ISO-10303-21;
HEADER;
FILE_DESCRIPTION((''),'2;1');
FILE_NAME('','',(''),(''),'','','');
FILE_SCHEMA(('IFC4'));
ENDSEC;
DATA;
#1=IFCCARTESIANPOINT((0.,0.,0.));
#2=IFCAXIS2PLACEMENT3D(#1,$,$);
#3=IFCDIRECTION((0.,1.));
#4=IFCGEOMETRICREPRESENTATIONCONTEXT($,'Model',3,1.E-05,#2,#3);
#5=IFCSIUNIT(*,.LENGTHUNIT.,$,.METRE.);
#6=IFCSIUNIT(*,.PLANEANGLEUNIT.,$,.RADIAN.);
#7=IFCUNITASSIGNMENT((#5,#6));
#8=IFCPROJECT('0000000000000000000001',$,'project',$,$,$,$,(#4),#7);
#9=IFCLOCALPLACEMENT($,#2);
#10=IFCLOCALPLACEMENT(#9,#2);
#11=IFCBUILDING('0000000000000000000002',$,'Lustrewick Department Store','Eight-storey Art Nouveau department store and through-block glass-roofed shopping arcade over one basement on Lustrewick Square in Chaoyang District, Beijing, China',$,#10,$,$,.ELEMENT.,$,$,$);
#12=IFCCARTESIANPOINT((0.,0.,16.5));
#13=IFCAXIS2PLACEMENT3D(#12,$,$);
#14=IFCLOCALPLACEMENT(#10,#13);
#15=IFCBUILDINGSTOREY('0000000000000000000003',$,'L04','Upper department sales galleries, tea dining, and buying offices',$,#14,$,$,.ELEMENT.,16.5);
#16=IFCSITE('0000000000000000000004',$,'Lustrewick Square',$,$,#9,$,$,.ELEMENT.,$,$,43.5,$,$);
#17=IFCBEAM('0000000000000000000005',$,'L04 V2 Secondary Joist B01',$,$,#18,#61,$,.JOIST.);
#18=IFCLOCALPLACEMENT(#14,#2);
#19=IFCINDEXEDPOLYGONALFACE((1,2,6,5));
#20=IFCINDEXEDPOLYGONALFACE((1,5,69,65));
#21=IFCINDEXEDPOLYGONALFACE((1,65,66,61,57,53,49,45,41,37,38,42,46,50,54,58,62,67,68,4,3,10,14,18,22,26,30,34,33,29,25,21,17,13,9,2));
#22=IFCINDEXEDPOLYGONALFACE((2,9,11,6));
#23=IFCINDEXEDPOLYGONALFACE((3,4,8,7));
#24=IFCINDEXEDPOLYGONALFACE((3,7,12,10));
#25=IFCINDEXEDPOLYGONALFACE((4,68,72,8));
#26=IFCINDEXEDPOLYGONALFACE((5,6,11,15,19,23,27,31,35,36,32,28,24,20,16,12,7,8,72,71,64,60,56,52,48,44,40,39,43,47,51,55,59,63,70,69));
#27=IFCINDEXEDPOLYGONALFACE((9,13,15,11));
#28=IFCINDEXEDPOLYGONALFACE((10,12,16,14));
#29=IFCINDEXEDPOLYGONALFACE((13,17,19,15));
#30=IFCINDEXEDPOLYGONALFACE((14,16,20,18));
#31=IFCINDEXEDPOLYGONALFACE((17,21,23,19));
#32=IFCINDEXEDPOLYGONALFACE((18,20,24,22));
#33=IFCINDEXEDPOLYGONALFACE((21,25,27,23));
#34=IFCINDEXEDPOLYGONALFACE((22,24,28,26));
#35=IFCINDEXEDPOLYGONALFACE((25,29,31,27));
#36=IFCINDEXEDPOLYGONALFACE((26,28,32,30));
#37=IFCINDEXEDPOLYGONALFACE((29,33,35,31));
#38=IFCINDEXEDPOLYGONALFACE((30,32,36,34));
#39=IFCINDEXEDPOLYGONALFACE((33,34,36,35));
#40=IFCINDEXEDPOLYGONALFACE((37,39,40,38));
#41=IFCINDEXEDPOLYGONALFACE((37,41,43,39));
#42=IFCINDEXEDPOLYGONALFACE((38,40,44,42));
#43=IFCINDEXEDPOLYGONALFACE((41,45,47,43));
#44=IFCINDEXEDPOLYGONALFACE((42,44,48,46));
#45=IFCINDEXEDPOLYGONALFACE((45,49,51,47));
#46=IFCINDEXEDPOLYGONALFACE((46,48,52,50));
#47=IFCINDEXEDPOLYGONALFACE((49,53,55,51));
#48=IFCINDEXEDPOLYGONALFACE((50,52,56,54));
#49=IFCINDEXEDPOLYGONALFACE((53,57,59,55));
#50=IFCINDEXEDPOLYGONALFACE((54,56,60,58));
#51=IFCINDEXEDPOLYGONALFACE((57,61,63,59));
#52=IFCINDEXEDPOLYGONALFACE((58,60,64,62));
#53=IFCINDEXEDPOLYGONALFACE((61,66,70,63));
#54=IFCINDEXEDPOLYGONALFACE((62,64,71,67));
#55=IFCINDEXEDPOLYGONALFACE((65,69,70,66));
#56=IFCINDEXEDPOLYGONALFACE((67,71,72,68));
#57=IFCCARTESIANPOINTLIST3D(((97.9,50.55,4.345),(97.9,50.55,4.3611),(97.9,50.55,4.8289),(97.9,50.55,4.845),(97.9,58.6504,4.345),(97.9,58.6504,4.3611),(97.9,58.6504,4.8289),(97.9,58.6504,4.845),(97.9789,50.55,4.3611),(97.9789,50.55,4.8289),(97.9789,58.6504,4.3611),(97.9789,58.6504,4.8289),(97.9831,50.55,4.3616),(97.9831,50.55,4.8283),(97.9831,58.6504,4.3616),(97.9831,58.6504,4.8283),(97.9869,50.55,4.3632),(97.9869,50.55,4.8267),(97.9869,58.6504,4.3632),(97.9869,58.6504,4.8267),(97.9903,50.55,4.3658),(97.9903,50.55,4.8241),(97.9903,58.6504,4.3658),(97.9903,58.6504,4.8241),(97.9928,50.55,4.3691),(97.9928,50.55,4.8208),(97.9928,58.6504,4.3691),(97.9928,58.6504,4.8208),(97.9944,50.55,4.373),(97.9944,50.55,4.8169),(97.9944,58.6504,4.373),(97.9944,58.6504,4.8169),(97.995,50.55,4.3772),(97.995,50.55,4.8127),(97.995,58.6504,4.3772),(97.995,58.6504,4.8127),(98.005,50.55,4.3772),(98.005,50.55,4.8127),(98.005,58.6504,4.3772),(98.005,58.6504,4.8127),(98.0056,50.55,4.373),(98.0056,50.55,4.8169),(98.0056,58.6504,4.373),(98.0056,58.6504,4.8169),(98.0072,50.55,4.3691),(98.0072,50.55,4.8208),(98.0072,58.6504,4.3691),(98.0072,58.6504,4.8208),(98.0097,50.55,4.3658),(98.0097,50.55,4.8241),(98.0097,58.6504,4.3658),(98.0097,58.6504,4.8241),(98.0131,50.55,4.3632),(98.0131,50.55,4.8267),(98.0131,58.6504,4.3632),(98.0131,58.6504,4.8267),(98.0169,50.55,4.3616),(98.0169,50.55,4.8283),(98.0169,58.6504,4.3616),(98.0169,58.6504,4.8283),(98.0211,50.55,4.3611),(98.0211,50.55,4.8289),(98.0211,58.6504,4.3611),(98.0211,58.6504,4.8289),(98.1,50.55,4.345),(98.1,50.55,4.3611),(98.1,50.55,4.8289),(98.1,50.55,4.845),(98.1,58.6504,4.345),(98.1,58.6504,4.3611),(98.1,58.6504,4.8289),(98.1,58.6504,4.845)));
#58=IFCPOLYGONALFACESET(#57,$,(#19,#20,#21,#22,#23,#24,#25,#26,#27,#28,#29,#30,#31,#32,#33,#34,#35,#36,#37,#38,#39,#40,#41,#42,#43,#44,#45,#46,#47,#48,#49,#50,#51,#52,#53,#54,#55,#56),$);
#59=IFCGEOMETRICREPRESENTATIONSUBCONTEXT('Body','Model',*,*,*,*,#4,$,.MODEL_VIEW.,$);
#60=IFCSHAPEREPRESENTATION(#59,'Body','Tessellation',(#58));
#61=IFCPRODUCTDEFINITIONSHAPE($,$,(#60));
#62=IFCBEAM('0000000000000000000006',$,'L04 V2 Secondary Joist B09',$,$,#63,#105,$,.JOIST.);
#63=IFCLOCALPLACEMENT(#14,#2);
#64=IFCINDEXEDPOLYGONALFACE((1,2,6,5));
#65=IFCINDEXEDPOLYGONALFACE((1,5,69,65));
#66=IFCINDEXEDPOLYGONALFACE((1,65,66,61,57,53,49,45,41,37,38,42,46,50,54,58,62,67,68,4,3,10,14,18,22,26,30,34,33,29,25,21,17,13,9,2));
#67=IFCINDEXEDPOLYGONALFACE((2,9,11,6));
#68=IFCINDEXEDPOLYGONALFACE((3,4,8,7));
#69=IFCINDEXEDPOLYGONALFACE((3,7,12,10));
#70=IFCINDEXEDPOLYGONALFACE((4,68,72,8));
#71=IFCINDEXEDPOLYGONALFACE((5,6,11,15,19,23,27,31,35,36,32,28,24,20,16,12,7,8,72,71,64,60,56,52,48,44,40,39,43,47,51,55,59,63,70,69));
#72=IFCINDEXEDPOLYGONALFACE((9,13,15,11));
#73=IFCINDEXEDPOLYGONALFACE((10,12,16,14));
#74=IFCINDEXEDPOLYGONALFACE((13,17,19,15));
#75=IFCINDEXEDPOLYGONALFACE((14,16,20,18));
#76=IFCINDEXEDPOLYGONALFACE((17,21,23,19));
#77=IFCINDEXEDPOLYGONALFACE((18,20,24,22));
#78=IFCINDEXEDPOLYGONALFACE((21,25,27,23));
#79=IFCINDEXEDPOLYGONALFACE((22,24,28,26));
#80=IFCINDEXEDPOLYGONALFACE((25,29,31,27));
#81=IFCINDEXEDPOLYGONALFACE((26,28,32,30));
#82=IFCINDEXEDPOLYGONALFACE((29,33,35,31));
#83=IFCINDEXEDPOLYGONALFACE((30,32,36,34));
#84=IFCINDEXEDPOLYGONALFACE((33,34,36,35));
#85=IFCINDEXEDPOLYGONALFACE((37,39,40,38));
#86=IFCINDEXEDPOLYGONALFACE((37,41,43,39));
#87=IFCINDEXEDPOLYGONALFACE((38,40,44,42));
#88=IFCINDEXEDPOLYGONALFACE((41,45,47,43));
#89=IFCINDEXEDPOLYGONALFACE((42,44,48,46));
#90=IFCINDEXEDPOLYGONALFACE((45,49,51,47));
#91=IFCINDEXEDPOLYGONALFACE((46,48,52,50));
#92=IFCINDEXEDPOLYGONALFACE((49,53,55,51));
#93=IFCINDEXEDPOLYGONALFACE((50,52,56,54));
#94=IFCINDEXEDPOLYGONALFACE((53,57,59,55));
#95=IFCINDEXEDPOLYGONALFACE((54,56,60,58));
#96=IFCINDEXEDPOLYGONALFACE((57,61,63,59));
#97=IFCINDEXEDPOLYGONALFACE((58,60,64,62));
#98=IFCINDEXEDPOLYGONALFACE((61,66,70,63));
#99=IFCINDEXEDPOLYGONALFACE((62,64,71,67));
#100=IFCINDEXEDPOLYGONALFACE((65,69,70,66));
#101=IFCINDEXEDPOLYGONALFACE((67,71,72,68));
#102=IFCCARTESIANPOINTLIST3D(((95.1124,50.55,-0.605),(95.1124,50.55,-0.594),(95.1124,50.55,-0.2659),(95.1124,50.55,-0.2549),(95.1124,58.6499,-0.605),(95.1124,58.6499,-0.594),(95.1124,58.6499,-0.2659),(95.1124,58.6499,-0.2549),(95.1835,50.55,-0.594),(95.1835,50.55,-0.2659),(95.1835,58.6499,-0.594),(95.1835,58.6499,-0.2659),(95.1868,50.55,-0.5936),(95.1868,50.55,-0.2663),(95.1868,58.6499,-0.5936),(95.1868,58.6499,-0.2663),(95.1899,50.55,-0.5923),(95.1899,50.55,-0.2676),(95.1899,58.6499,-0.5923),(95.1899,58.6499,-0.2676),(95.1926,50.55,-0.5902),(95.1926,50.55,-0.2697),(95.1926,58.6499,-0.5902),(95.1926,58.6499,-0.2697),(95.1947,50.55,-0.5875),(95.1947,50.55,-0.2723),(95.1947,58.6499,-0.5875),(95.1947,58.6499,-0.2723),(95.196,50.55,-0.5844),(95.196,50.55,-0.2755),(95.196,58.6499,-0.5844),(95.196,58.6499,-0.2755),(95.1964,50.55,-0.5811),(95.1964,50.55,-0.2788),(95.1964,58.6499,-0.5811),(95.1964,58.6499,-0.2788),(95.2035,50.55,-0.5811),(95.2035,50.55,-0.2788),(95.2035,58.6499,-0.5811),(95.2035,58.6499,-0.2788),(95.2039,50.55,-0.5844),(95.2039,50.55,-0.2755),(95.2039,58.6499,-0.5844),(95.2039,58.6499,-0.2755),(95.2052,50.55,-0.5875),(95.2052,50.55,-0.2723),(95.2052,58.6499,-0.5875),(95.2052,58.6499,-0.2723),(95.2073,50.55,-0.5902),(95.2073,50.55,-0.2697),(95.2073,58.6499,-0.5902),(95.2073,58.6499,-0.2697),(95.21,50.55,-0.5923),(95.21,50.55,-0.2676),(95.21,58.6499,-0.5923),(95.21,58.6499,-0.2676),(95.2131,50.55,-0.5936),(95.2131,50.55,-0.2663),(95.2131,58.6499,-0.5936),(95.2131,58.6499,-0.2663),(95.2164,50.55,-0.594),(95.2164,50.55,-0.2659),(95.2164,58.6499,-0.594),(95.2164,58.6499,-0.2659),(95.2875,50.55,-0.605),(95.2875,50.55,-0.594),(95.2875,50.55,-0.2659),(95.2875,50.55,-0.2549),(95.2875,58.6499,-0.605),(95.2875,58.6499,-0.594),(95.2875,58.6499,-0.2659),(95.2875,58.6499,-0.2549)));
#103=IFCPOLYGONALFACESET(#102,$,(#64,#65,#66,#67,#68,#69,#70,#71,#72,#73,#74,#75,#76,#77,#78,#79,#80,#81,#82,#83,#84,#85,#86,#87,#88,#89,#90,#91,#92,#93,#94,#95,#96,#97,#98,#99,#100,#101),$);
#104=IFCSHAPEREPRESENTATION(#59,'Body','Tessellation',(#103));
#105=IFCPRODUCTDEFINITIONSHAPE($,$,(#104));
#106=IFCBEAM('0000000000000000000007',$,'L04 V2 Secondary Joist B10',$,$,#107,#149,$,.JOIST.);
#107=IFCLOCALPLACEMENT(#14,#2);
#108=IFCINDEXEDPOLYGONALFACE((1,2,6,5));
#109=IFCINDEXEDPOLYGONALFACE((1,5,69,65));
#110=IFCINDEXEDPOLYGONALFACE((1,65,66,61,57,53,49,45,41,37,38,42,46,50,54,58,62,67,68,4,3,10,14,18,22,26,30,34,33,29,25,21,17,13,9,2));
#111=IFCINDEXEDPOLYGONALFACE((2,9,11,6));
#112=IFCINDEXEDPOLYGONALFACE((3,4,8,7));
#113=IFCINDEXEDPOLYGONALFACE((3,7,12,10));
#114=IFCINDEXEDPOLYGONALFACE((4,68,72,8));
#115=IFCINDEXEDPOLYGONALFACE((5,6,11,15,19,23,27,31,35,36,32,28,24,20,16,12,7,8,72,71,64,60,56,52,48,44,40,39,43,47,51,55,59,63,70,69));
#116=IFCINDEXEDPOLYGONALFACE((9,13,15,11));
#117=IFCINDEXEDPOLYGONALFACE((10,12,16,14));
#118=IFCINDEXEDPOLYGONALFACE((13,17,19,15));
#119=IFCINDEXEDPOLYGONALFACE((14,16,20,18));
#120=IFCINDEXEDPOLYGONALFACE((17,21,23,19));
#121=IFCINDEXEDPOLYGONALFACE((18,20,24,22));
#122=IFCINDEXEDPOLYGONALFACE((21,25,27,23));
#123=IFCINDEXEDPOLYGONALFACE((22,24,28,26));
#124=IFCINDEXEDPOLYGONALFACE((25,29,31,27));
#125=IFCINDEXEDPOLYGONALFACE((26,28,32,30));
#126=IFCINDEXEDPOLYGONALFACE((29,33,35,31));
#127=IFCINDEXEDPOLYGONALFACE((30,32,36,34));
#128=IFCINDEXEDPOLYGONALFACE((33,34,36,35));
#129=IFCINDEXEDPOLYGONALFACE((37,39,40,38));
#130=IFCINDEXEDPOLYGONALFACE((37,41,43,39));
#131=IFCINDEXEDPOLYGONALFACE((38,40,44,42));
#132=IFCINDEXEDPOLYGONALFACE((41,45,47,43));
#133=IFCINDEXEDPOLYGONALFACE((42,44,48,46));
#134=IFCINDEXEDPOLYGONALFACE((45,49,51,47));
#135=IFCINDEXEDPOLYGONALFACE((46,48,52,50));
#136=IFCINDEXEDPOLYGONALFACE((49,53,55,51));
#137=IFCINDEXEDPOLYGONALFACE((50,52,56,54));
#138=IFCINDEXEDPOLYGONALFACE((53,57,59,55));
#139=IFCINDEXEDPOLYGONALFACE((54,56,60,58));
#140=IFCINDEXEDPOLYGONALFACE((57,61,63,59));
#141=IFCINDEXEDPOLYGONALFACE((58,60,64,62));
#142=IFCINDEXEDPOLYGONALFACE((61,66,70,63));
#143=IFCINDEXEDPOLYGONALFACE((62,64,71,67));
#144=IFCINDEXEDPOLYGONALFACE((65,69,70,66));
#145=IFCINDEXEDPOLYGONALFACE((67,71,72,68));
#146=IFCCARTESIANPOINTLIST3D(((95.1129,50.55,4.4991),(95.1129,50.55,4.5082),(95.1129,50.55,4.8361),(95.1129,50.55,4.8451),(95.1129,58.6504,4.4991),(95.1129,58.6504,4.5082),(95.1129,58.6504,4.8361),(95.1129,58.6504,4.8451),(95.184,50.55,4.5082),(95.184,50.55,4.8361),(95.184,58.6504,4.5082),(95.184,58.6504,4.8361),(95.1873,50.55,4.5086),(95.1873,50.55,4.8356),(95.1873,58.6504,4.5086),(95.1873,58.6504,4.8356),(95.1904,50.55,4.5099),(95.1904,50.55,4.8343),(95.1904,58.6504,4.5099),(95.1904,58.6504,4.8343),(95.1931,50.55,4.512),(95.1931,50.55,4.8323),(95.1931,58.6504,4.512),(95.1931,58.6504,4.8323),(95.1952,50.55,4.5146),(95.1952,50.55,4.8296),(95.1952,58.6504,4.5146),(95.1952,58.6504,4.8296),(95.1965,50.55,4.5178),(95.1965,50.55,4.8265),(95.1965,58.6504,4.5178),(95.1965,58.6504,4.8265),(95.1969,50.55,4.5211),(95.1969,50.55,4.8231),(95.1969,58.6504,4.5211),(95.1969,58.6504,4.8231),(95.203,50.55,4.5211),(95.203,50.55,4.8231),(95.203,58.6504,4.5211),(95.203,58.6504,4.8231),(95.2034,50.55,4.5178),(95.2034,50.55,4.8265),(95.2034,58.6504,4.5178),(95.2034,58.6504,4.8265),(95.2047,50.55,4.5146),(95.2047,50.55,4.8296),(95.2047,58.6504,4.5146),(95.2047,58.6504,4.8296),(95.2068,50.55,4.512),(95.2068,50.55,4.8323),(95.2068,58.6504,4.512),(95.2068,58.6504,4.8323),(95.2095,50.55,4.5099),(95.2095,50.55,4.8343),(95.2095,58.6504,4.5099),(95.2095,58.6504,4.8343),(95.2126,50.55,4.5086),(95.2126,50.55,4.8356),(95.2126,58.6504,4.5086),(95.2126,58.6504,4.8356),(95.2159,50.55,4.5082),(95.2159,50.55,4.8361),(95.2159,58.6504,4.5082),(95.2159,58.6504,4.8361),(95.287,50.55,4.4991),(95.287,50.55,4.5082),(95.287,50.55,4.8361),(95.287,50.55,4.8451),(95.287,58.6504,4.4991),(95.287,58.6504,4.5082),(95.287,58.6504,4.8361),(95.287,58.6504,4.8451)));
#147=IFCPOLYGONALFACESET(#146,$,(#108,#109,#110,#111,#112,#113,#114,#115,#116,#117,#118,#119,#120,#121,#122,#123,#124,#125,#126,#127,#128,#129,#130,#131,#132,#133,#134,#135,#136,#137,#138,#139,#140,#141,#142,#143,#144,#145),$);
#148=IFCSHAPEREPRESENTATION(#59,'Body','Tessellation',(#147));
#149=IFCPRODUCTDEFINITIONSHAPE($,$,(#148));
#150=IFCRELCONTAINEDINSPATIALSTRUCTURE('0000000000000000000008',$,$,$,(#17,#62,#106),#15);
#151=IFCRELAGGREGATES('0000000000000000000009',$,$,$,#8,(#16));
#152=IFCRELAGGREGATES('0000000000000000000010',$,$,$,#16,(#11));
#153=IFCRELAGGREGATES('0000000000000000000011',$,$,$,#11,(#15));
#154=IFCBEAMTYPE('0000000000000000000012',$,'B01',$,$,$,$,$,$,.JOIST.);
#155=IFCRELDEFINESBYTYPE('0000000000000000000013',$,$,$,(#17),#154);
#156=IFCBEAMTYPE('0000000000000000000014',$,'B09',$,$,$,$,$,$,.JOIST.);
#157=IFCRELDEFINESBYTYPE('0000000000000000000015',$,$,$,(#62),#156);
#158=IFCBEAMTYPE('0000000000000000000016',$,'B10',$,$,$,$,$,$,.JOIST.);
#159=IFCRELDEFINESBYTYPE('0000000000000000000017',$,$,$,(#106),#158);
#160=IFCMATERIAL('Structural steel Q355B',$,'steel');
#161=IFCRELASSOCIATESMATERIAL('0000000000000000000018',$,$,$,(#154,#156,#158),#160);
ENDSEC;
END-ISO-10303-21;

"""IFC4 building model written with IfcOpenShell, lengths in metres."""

from ifc_helpers import new_model, si_unit, direction, frame, origin, origin_2d, place, context, subcontext, project, spatial, i_section, extrude, material, material_profile, profile_set, type_object, element, save


model = new_model("IFC4")

# Units and contexts
model_context = context("Model", 3, precision=1e-05, world=origin(), true_north=direction((0.0, 1.0)))
body_context = subcontext(model_context, "Body", "Model", "MODEL_VIEW")
ifc_project = project(units=[si_unit("LENGTHUNIT", "METRE"), si_unit("PLANEANGLEUNIT", "RADIAN")], contexts=[model_context])

# Site, building, storey
site_placement = place(None, origin())
site = spatial("IfcSite", under=ifc_project, at=site_placement, Name="Lustrewick Square", CompositionType="ELEMENT", RefElevation=43.5)
building_placement = place(site_placement, origin())
building = spatial("IfcBuilding", under=site, at=building_placement, Name="Lustrewick Department Store", Description="Eight-storey Art Nouveau department store and through-block glass-roofed shopping arcade over one basement on Lustrewick Square in Chaoyang District, Beijing, China", CompositionType="ELEMENT")
storey_placement = place(building_placement, frame((0.0, 0.0, 16.5)))
storey = spatial("IfcBuildingStorey", under=building, at=storey_placement, Name="L04", Description="Upper department sales galleries, tea dining, and buying offices", CompositionType="ELEMENT", Elevation=16.5)

# Shared definitions
ifc_material_1 = material(Name="Structural steel Q355B", Category="steel")

# Beams
ifc_material_profile_1 = material_profile(ifc_material_1, i_section(OverallWidth=0.2, OverallDepth=0.5, WebThickness=0.01, FlangeThickness=0.0161, FilletRadius=0.0161, at=origin_2d()), Name="HN 500x200x10x16")
ifc_profile_set_1 = profile_set([ifc_material_profile_1], Name="Structural steel Q355B")
beam_type_1 = type_object("IfcBeamType", Name="B01", PredefinedType="JOIST", material=ifc_profile_set_1)
beam_1_placement = place(storey_placement, frame((98.0, 50.55, 4.595), z_axis=(0.0, 1.0, 0.0), x_axis=(-1.0, 0.0, 0.0)))
element("IfcBeam", 1, at=beam_1_placement, inside=storey, type_object=beam_type_1, Name="L04 V2 Secondary Joist B01", PredefinedType="JOIST", context=body_context, shape_type="SweptSolid", body=[
    extrude(i_section(OverallWidth=0.2, OverallDepth=0.5, WebThickness=0.01, FlangeThickness=0.0161, FilletRadius=0.0161, at=origin_2d()), origin(), (0.0, 0.0, 1.0), 8.1003),
])
ifc_material_profile_2 = material_profile(ifc_material_1, i_section(OverallWidth=0.175, OverallDepth=0.3501, WebThickness=0.0071, FlangeThickness=0.011, FilletRadius=0.0129, at=origin_2d()), Name="HN 350x175x7x11")
ifc_profile_set_2 = profile_set([ifc_material_profile_2], Name="Structural steel Q355B")
beam_type_2 = type_object("IfcBeamType", Name="B09", PredefinedType="JOIST", material=ifc_profile_set_2)
beam_2_placement = place(storey_placement, frame((95.2, 50.55, -0.4299), z_axis=(0.0, 1.0, 0.0), x_axis=(-1.0, 0.0, 0.0)))
element("IfcBeam", 2, at=beam_2_placement, inside=storey, type_object=beam_type_2, Name="L04 V2 Secondary Joist B09", PredefinedType="JOIST", context=body_context, shape_type="SweptSolid", body=[
    extrude(i_section(OverallWidth=0.175, OverallDepth=0.3501, WebThickness=0.0071, FlangeThickness=0.011, FilletRadius=0.0129, at=origin_2d()), origin(), (0.0, 0.0, 1.0), 8.0999),
])
ifc_material_profile_3 = material_profile(ifc_material_1, i_section(OverallWidth=0.1741, OverallDepth=0.3459, WebThickness=0.0061, FlangeThickness=0.009, FilletRadius=0.0129, at=origin_2d()), Name="HN 346x174x6x9")
ifc_profile_set_3 = profile_set([ifc_material_profile_3], Name="Structural steel Q355B")
beam_type_3 = type_object("IfcBeamType", Name="B10", PredefinedType="JOIST", material=ifc_profile_set_3)
beam_3_placement = place(storey_placement, frame((95.2, 50.55, 4.6721), z_axis=(0.0, 1.0, 0.0), x_axis=(-1.0, 0.0, 0.0)))
element("IfcBeam", 3, at=beam_3_placement, inside=storey, type_object=beam_type_3, Name="L04 V2 Secondary Joist B10", PredefinedType="JOIST", context=body_context, shape_type="SweptSolid", body=[
    extrude(i_section(OverallWidth=0.1741, OverallDepth=0.3459, WebThickness=0.0061, FlangeThickness=0.009, FilletRadius=0.0129, at=origin_2d()), origin(), (0.0, 0.0, 1.0), 8.1003),
])

save(model, "model.ifc")
